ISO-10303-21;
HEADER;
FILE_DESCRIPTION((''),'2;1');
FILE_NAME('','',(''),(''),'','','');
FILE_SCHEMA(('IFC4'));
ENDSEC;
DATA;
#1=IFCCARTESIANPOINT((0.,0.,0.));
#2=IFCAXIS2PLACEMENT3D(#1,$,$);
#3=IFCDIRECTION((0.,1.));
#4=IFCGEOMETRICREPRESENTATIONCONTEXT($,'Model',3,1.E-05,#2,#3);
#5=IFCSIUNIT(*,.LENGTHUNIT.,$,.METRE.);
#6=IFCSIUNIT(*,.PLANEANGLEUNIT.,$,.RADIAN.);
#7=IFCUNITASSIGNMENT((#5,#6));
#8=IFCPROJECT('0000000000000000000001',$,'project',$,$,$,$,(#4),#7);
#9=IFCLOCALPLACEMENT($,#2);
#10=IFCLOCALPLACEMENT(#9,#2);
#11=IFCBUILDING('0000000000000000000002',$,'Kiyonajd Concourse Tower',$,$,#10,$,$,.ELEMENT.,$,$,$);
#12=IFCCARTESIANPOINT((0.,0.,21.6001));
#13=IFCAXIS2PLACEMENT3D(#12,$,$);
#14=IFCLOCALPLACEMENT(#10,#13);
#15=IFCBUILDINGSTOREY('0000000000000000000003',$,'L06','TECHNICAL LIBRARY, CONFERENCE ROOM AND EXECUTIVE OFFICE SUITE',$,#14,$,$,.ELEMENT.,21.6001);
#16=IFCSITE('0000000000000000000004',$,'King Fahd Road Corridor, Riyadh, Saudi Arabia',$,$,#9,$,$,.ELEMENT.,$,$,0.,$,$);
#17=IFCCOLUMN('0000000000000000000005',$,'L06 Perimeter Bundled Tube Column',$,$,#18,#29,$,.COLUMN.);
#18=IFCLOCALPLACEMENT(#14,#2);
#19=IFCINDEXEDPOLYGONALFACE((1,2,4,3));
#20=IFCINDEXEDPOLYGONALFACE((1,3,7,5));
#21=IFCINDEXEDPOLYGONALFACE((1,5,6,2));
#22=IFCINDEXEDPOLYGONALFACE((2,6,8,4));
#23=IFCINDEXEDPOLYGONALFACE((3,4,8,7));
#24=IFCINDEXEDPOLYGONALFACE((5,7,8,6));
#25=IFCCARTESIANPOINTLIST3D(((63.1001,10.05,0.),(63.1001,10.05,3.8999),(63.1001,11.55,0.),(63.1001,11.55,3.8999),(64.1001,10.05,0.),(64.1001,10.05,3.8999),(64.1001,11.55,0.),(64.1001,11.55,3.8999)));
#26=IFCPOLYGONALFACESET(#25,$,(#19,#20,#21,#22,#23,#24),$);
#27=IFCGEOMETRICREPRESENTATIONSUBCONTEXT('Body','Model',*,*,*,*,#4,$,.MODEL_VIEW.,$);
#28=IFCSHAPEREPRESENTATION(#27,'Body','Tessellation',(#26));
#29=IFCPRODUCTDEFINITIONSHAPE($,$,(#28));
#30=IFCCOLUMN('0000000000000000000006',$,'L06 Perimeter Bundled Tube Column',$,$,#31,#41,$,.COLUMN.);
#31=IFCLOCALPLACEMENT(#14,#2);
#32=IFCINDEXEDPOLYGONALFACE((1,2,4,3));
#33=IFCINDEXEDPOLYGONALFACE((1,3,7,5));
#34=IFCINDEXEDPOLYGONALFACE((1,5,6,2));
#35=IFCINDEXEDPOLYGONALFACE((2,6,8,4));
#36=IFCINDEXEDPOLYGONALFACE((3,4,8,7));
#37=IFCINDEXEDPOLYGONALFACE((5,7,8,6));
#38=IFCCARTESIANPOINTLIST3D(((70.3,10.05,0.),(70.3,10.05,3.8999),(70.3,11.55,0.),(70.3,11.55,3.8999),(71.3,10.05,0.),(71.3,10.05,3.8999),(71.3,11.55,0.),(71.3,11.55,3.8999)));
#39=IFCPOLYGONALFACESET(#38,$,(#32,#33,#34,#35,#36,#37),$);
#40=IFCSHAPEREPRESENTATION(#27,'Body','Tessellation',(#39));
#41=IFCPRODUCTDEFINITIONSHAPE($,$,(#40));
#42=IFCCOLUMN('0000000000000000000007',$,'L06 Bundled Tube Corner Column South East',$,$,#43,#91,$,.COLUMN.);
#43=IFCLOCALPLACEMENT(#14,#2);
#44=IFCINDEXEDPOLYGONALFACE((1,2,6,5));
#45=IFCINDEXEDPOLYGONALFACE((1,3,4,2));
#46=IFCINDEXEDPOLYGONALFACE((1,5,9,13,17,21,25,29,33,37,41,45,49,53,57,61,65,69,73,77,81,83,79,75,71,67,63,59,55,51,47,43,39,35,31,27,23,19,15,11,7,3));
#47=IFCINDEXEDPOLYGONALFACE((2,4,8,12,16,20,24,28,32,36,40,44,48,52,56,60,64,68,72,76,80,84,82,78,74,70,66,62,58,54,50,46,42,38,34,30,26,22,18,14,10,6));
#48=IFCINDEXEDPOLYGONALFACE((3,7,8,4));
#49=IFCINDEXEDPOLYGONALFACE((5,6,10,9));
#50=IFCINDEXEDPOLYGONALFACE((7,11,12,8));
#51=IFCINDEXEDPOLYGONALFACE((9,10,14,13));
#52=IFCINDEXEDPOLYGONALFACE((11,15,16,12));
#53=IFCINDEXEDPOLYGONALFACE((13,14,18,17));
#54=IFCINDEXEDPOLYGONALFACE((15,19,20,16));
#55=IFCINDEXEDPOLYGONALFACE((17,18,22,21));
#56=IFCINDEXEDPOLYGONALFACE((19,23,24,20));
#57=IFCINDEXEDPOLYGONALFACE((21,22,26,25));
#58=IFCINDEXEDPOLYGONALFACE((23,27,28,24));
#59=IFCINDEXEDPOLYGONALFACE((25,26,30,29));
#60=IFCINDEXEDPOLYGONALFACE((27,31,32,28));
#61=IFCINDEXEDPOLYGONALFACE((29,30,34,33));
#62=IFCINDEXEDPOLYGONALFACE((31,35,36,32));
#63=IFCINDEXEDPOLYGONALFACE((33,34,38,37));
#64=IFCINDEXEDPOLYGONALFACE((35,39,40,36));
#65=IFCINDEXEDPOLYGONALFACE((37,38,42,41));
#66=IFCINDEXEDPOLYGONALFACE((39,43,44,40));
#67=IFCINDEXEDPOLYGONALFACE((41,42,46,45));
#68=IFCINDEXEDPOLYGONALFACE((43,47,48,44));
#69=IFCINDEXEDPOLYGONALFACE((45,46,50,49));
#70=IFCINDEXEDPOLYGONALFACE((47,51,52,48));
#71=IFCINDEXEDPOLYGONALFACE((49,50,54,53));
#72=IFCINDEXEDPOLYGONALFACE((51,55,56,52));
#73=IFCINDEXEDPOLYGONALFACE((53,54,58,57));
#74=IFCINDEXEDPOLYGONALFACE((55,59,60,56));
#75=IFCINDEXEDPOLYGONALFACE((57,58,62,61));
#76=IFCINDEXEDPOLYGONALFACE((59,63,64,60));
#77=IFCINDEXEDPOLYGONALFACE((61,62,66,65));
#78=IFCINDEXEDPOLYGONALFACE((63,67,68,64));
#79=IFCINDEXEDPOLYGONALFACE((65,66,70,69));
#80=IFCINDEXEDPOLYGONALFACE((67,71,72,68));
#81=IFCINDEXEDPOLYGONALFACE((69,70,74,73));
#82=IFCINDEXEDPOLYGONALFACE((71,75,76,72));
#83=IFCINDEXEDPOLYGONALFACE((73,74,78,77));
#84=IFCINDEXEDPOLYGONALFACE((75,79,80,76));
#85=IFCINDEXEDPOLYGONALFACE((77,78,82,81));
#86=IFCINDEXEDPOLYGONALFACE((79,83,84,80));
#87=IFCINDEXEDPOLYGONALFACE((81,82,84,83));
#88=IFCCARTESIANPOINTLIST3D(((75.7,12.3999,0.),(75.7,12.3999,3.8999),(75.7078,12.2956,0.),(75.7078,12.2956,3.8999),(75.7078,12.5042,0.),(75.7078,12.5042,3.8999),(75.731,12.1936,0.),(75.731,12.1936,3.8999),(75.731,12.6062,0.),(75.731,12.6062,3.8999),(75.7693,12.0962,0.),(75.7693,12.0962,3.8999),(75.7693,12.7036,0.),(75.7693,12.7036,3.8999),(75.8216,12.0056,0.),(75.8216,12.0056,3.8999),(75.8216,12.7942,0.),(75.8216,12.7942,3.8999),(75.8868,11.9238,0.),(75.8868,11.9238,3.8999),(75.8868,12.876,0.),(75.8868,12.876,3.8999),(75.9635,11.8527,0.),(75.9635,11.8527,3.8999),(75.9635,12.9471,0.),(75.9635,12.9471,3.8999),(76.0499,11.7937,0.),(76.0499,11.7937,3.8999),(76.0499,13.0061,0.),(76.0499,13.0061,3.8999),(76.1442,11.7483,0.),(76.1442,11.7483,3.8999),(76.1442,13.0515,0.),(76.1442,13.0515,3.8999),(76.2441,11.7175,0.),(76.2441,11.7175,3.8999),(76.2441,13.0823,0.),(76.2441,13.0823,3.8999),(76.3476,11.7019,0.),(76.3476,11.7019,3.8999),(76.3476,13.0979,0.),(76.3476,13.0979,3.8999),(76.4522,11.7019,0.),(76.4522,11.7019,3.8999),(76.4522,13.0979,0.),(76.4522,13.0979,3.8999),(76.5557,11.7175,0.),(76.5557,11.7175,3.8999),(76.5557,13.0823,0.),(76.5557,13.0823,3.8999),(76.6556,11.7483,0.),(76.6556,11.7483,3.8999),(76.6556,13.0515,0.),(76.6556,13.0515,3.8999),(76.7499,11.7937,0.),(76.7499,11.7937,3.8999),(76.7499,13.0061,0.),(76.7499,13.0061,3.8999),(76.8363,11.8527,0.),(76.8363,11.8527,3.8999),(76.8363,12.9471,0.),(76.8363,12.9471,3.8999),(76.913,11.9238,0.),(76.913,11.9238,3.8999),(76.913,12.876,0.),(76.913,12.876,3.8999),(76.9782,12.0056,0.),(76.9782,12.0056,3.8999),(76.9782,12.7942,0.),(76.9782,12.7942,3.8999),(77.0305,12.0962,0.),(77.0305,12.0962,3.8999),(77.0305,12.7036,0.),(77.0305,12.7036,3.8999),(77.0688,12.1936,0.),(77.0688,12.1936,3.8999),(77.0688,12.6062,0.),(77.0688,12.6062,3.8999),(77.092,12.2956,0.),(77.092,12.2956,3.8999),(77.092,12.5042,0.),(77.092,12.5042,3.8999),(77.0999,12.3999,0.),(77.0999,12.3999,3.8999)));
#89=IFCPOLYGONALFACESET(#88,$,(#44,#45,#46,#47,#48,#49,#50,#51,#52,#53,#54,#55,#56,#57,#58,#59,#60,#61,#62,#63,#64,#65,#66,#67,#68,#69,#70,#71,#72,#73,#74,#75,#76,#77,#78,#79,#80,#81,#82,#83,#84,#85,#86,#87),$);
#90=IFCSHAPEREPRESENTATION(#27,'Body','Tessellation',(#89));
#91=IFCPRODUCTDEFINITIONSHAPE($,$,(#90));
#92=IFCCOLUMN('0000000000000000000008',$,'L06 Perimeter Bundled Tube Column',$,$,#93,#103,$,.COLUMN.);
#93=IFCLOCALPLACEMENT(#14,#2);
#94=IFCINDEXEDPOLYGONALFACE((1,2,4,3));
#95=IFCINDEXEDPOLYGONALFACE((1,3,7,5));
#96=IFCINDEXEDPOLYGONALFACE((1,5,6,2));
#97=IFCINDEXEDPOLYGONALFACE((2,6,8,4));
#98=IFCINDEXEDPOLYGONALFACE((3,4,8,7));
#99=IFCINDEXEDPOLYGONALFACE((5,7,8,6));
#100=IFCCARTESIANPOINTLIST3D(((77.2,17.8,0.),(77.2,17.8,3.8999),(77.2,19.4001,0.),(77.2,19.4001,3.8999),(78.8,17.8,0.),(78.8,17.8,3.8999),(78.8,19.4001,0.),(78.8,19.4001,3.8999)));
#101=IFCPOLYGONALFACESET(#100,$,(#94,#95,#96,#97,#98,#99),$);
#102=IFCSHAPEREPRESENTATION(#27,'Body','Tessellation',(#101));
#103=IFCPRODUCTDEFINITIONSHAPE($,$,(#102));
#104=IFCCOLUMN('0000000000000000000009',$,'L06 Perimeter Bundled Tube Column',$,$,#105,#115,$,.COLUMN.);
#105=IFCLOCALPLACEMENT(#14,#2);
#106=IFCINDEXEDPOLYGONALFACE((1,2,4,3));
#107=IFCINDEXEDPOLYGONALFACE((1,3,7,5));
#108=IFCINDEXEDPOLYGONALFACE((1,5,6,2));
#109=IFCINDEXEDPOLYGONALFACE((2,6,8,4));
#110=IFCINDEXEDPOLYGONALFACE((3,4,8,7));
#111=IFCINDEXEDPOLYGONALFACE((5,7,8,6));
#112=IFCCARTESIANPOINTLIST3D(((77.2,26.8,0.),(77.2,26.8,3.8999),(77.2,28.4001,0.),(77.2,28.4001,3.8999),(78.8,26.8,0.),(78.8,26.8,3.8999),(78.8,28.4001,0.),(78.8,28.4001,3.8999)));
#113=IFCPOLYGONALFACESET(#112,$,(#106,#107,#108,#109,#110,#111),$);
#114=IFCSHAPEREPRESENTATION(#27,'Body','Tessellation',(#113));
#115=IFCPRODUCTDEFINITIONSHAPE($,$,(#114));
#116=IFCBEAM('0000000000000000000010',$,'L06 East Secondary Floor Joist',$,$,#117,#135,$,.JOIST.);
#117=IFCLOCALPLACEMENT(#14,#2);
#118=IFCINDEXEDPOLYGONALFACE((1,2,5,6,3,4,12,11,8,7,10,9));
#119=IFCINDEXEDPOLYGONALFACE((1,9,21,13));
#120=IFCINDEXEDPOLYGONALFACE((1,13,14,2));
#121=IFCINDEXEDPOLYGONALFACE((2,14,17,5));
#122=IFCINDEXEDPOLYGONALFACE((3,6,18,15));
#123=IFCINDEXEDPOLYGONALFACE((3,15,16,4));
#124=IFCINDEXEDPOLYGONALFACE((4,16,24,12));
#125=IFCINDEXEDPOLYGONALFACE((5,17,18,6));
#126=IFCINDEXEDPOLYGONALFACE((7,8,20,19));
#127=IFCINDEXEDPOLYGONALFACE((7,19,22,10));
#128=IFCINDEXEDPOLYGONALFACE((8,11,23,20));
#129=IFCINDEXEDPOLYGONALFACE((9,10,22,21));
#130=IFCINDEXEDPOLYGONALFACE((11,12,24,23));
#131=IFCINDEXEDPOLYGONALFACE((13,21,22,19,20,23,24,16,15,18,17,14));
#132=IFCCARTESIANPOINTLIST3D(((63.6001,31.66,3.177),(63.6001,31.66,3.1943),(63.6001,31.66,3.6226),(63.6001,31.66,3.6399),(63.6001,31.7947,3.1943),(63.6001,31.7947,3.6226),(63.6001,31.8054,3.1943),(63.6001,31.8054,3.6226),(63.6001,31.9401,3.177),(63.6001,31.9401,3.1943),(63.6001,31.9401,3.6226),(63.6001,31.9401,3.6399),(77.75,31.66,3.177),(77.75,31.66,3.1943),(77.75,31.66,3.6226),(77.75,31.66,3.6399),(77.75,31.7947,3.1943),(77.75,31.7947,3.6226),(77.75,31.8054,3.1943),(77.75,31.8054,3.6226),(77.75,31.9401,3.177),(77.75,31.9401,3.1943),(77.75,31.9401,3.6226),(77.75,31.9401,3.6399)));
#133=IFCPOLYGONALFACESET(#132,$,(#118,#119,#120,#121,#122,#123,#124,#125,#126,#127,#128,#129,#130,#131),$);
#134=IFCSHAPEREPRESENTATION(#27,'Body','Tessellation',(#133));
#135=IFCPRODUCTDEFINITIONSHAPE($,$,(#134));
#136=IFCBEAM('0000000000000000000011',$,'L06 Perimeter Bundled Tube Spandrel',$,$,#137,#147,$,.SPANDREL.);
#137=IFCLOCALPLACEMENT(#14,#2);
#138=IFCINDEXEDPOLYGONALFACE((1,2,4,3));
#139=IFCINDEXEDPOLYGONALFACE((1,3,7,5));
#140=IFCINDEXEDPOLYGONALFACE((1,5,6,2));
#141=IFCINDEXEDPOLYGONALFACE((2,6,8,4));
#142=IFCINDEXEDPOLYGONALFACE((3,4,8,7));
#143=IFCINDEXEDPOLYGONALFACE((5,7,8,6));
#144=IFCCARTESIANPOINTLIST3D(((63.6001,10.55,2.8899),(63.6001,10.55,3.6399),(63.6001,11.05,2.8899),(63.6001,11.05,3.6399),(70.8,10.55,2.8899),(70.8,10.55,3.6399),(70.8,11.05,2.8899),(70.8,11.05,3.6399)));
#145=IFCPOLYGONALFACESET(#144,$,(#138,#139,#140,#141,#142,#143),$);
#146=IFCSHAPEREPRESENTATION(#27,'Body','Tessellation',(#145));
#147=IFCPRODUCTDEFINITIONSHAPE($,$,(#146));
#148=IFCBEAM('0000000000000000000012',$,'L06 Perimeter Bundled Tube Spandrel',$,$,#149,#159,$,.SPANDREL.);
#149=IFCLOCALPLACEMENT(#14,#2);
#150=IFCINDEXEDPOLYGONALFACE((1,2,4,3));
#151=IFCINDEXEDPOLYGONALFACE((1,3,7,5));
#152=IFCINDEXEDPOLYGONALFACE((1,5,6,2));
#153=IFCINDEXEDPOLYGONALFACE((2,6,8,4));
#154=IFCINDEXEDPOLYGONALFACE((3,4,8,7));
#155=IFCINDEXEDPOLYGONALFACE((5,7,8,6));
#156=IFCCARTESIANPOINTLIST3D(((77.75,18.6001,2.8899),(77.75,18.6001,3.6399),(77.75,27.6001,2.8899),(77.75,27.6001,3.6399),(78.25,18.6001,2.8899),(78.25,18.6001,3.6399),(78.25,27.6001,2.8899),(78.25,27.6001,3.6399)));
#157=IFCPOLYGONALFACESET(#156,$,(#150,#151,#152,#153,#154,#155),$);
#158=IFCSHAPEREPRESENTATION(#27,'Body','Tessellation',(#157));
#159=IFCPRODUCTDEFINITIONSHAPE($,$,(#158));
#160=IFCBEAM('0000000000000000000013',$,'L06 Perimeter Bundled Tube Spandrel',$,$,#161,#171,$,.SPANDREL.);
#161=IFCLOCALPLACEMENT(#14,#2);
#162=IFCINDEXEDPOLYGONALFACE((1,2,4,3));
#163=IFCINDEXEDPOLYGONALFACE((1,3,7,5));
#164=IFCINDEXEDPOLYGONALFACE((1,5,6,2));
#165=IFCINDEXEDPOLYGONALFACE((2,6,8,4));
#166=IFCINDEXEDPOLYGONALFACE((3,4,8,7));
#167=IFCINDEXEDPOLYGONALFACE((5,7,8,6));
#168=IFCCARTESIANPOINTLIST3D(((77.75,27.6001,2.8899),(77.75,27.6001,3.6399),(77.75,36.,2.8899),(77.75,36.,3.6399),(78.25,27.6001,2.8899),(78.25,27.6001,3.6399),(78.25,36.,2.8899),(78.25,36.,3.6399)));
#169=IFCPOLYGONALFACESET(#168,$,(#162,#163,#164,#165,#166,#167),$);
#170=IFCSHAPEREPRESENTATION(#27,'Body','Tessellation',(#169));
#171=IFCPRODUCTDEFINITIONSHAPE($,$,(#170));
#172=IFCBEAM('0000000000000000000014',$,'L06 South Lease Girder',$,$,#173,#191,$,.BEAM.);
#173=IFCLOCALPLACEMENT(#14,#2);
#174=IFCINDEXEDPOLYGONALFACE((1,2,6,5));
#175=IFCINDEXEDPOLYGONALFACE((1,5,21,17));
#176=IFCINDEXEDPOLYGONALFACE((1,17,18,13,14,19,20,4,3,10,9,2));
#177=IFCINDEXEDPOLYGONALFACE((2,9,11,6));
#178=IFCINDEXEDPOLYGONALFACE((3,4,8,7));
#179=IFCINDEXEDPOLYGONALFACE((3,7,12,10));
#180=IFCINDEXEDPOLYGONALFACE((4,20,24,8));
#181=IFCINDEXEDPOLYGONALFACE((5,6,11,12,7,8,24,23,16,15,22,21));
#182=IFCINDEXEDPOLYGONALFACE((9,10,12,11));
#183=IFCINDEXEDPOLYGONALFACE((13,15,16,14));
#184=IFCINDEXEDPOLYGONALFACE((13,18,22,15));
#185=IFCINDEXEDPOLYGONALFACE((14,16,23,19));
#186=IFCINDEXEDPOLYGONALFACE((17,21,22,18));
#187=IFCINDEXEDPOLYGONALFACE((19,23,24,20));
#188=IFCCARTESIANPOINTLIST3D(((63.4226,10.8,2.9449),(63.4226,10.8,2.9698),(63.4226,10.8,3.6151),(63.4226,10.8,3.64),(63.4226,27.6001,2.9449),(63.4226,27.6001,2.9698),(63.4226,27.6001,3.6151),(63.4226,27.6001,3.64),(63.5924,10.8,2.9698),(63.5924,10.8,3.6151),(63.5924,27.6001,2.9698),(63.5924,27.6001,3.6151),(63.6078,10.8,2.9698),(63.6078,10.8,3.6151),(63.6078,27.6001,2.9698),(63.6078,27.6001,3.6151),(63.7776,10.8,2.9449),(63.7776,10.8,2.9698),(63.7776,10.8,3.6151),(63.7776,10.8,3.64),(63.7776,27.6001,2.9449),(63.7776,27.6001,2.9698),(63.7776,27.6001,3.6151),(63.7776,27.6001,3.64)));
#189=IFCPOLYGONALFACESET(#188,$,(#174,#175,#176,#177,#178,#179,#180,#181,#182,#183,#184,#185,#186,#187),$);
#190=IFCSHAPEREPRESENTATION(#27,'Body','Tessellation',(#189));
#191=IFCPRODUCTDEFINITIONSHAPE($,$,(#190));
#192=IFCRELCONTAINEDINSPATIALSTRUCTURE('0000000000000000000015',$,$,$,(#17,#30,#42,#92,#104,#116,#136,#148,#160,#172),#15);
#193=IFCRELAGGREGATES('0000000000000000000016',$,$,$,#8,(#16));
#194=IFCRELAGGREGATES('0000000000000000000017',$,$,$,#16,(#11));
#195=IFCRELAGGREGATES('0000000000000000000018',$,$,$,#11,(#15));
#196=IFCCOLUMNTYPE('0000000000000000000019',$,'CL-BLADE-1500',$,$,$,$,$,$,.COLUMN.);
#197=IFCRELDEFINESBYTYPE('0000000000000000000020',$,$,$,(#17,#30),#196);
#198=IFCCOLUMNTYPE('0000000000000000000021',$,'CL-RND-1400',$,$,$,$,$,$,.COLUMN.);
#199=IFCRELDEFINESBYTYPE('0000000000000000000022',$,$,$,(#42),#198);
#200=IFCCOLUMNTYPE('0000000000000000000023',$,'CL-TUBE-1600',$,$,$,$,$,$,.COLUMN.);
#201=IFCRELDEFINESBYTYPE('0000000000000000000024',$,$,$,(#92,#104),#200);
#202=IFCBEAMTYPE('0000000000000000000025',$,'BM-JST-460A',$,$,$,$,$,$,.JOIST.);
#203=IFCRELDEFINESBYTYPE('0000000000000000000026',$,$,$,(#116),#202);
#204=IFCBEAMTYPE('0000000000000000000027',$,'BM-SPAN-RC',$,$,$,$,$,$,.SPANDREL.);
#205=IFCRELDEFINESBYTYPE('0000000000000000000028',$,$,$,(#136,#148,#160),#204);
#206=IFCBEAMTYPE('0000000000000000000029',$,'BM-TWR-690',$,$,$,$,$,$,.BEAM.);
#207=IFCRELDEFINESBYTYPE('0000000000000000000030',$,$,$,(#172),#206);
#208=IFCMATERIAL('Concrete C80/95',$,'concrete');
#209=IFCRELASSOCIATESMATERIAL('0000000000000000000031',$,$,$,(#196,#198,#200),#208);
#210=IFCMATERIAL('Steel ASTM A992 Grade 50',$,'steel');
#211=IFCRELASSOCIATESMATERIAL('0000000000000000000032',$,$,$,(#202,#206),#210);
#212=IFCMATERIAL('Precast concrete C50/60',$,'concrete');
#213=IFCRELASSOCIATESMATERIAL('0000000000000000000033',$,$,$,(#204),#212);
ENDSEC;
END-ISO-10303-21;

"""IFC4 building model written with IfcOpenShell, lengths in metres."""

from ifc_helpers import new_model, si_unit, direction, frame, origin, origin_2d, place, context, subcontext, project, spatial, rectangle, circle, i_section, extrude, material, material_profile, profile_set, type_object, element, save


model = new_model("IFC4")

# Units and contexts
model_context = context("Model", 3, precision=1e-05, world=origin(), true_north=direction((0.0, 1.0)))
body_context = subcontext(model_context, "Body", "Model", "MODEL_VIEW")
ifc_project = project(units=[si_unit("LENGTHUNIT", "METRE"), si_unit("PLANEANGLEUNIT", "RADIAN")], contexts=[model_context])

# Site, building, storey
site_placement = place(None, origin())
site = spatial("IfcSite", under=ifc_project, at=site_placement, Name="King Fahd Road Corridor, Riyadh, Saudi Arabia", CompositionType="ELEMENT", RefElevation=0.0)
building_placement = place(site_placement, origin())
building = spatial("IfcBuilding", under=site, at=building_placement, Name="Kiyonajd Concourse Tower", CompositionType="ELEMENT")
storey_placement = place(building_placement, frame((0.0, 0.0, 21.6001)))
storey = spatial("IfcBuildingStorey", under=building, at=storey_placement, Name="L06", Description="TECHNICAL LIBRARY, CONFERENCE ROOM AND EXECUTIVE OFFICE SUITE", CompositionType="ELEMENT", Elevation=21.6001)

# Columns
ifc_material_1 = material(Name="Concrete C80/95", Category="concrete")
ifc_material_profile_1 = material_profile(ifc_material_1, rectangle(XDim=1.0, YDim=1.5, at=origin_2d()), Name="RC-1500x1000")
ifc_profile_set_1 = profile_set([ifc_material_profile_1], Name="Concrete C80/95")
column_type_1 = type_object("IfcColumnType", Name="CL-BLADE-1500", PredefinedType="COLUMN", material=ifc_profile_set_1)
for number, where, z_axis, x_axis, name in (
    (1, (63.6001, 10.8, 0.0), (0.0, 0.0, 1.0), (1.0, 0.0, 0.0), "L06 Perimeter Bundled Tube Column"),
    (2, (70.8, 10.8, 0.0), (0.0, 0.0, 1.0), (1.0, 0.0, 0.0), "L06 Perimeter Bundled Tube Column"),
):
    element("IfcColumn", number, at=place(storey_placement, frame(where, z_axis=z_axis, x_axis=x_axis)), inside=storey, type_object=column_type_1, Name=name, PredefinedType="COLUMN", context=body_context, shape_type="SweptSolid", body=[
        extrude(rectangle(XDim=1.0, YDim=1.5, at=origin_2d()), origin(), (0.0, 0.0, 1.0), 3.8999),
    ])
ifc_material_profile_2 = material_profile(ifc_material_1, circle(Radius=0.7, at=origin_2d()), Name="RCC-D1400")
ifc_profile_set_2 = profile_set([ifc_material_profile_2], Name="Concrete C80/95")
column_type_2 = type_object("IfcColumnType", Name="CL-RND-1400", PredefinedType="COLUMN", material=ifc_profile_set_2)
column_placement = place(storey_placement, frame((76.3999, 12.3999, 0.0), z_axis=(0.0, 0.0, 1.0), x_axis=(1.0, 0.0, 0.0)))
element("IfcColumn", 3, at=column_placement, inside=storey, type_object=column_type_2, Name="L06 Bundled Tube Corner Column South East", PredefinedType="COLUMN", context=body_context, shape_type="SweptSolid", body=[
    extrude(circle(Radius=0.7, at=origin_2d()), origin(), (0.0, 0.0, 1.0), 3.8999),
])
ifc_material_profile_3 = material_profile(ifc_material_1, rectangle(XDim=1.6001, YDim=1.6001, at=origin_2d()), Name="RC-1600x1600")
ifc_profile_set_3 = profile_set([ifc_material_profile_3], Name="Concrete C80/95")
column_type_3 = type_object("IfcColumnType", Name="CL-TUBE-1600", PredefinedType="COLUMN", material=ifc_profile_set_3)
for number, where, z_axis, x_axis, name in (
    (4, (78.0, 18.6001, 0.0), (0.0, 0.0, 1.0), (1.0, 0.0, 0.0), "L06 Perimeter Bundled Tube Column"),
    (5, (78.0, 27.6001, 0.0), (0.0, 0.0, 1.0), (1.0, 0.0, 0.0), "L06 Perimeter Bundled Tube Column"),
):
    element("IfcColumn", number, at=place(storey_placement, frame(where, z_axis=z_axis, x_axis=x_axis)), inside=storey, type_object=column_type_3, Name=name, PredefinedType="COLUMN", context=body_context, shape_type="SweptSolid", body=[
        extrude(rectangle(XDim=1.6001, YDim=1.6001, at=origin_2d()), origin(), (0.0, 0.0, 1.0), 3.8999),
    ])

# Beams
ifc_material_2 = material(Name="Steel ASTM A992 Grade 50", Category="steel")
ifc_material_profile_4 = material_profile(ifc_material_2, i_section(OverallWidth=0.28, OverallDepth=0.4629, WebThickness=0.0107, FlangeThickness=0.0173, at=origin_2d()), Name="W460X113")
ifc_profile_set_4 = profile_set([ifc_material_profile_4], Name="Steel ASTM A992 Grade 50")
beam_type_1 = type_object("IfcBeamType", Name="BM-JST-460A", PredefinedType="JOIST", material=ifc_profile_set_4)
beam_1_placement = place(storey_placement, frame((63.6001, 31.8, 3.4084), z_axis=(1.0, 0.0, 0.0), x_axis=(0.0, 1.0, 0.0)))
element("IfcBeam", 6, at=beam_1_placement, inside=storey, type_object=beam_type_1, Name="L06 East Secondary Floor Joist", PredefinedType="JOIST", context=body_context, shape_type="SweptSolid", body=[
    extrude(i_section(OverallWidth=0.28, OverallDepth=0.4629, WebThickness=0.0107, FlangeThickness=0.0173, at=origin_2d()), origin(), (0.0, 0.0, 1.0), 14.1499),
])
ifc_material_3 = material(Name="Precast concrete C50/60", Category="concrete")
ifc_material_profile_5 = material_profile(ifc_material_3, rectangle(XDim=0.5, YDim=0.75, at=origin_2d()), Name="RCBM-500x750")
ifc_profile_set_5 = profile_set([ifc_material_profile_5], Name="Precast concrete C50/60")
beam_type_2 = type_object("IfcBeamType", Name="BM-SPAN-RC", PredefinedType="SPANDREL", material=ifc_profile_set_5)
beam_2_placement = place(storey_placement, frame((63.6001, 10.8, 3.2649), z_axis=(1.0, 0.0, 0.0), x_axis=(0.0, 1.0, 0.0)))
element("IfcBeam", 7, at=beam_2_placement, inside=storey, type_object=beam_type_2, Name="L06 Perimeter Bundled Tube Spandrel", PredefinedType="SPANDREL", context=body_context, shape_type="SweptSolid", body=[
    extrude(rectangle(XDim=0.5, YDim=0.75, at=origin_2d()), origin(), (0.0, 0.0, 1.0), 7.2),
])
beam_3_placement = place(storey_placement, frame((78.0, 18.6001, 3.2649), z_axis=(0.0, 1.0, 0.0), x_axis=(-1.0, 0.0, 0.0)))
element("IfcBeam", 8, at=beam_3_placement, inside=storey, type_object=beam_type_2, Name="L06 Perimeter Bundled Tube Spandrel", PredefinedType="SPANDREL", context=body_context, shape_type="SweptSolid", body=[
    extrude(rectangle(XDim=0.5, YDim=0.75, at=origin_2d()), origin(), (0.0, 0.0, 1.0), 9.0),
])
beam_4_placement = place(storey_placement, frame((78.0, 27.6001, 3.2649), z_axis=(0.0, 1.0, 0.0), x_axis=(-1.0, 0.0, 0.0)))
element("IfcBeam", 9, at=beam_4_placement, inside=storey, type_object=beam_type_2, Name="L06 Perimeter Bundled Tube Spandrel", PredefinedType="SPANDREL", context=body_context, shape_type="SweptSolid", body=[
    extrude(rectangle(XDim=0.5, YDim=0.75, at=origin_2d()), origin(), (0.0, 0.0, 1.0), 8.3999),
])
ifc_material_profile_6 = material_profile(ifc_material_2, i_section(OverallWidth=0.355, OverallDepth=0.6951, WebThickness=0.0154, FlangeThickness=0.0249, at=origin_2d()), Name="W690X217")
ifc_profile_set_6 = profile_set([ifc_material_profile_6], Name="Steel ASTM A992 Grade 50")
beam_type_3 = type_object("IfcBeamType", Name="BM-TWR-690", PredefinedType="BEAM", material=ifc_profile_set_6)
for number, where, z_axis, x_axis, name in (
    (10, (63.6001, 10.8, 3.2925), (0.0, 1.0, 0.0), (-1.0, 0.0, 0.0), "L06 South Lease Girder"),
):
    element("IfcBeam", number, at=place(storey_placement, frame(where, z_axis=z_axis, x_axis=x_axis)), inside=storey, type_object=beam_type_3, Name=name, PredefinedType="BEAM", context=body_context, shape_type="SweptSolid", body=[
        extrude(i_section(OverallWidth=0.355, OverallDepth=0.6951, WebThickness=0.0154, FlangeThickness=0.0249, at=origin_2d()), origin(), (0.0, 0.0, 1.0), 16.8),
    ])

save(model, "model.ifc")
